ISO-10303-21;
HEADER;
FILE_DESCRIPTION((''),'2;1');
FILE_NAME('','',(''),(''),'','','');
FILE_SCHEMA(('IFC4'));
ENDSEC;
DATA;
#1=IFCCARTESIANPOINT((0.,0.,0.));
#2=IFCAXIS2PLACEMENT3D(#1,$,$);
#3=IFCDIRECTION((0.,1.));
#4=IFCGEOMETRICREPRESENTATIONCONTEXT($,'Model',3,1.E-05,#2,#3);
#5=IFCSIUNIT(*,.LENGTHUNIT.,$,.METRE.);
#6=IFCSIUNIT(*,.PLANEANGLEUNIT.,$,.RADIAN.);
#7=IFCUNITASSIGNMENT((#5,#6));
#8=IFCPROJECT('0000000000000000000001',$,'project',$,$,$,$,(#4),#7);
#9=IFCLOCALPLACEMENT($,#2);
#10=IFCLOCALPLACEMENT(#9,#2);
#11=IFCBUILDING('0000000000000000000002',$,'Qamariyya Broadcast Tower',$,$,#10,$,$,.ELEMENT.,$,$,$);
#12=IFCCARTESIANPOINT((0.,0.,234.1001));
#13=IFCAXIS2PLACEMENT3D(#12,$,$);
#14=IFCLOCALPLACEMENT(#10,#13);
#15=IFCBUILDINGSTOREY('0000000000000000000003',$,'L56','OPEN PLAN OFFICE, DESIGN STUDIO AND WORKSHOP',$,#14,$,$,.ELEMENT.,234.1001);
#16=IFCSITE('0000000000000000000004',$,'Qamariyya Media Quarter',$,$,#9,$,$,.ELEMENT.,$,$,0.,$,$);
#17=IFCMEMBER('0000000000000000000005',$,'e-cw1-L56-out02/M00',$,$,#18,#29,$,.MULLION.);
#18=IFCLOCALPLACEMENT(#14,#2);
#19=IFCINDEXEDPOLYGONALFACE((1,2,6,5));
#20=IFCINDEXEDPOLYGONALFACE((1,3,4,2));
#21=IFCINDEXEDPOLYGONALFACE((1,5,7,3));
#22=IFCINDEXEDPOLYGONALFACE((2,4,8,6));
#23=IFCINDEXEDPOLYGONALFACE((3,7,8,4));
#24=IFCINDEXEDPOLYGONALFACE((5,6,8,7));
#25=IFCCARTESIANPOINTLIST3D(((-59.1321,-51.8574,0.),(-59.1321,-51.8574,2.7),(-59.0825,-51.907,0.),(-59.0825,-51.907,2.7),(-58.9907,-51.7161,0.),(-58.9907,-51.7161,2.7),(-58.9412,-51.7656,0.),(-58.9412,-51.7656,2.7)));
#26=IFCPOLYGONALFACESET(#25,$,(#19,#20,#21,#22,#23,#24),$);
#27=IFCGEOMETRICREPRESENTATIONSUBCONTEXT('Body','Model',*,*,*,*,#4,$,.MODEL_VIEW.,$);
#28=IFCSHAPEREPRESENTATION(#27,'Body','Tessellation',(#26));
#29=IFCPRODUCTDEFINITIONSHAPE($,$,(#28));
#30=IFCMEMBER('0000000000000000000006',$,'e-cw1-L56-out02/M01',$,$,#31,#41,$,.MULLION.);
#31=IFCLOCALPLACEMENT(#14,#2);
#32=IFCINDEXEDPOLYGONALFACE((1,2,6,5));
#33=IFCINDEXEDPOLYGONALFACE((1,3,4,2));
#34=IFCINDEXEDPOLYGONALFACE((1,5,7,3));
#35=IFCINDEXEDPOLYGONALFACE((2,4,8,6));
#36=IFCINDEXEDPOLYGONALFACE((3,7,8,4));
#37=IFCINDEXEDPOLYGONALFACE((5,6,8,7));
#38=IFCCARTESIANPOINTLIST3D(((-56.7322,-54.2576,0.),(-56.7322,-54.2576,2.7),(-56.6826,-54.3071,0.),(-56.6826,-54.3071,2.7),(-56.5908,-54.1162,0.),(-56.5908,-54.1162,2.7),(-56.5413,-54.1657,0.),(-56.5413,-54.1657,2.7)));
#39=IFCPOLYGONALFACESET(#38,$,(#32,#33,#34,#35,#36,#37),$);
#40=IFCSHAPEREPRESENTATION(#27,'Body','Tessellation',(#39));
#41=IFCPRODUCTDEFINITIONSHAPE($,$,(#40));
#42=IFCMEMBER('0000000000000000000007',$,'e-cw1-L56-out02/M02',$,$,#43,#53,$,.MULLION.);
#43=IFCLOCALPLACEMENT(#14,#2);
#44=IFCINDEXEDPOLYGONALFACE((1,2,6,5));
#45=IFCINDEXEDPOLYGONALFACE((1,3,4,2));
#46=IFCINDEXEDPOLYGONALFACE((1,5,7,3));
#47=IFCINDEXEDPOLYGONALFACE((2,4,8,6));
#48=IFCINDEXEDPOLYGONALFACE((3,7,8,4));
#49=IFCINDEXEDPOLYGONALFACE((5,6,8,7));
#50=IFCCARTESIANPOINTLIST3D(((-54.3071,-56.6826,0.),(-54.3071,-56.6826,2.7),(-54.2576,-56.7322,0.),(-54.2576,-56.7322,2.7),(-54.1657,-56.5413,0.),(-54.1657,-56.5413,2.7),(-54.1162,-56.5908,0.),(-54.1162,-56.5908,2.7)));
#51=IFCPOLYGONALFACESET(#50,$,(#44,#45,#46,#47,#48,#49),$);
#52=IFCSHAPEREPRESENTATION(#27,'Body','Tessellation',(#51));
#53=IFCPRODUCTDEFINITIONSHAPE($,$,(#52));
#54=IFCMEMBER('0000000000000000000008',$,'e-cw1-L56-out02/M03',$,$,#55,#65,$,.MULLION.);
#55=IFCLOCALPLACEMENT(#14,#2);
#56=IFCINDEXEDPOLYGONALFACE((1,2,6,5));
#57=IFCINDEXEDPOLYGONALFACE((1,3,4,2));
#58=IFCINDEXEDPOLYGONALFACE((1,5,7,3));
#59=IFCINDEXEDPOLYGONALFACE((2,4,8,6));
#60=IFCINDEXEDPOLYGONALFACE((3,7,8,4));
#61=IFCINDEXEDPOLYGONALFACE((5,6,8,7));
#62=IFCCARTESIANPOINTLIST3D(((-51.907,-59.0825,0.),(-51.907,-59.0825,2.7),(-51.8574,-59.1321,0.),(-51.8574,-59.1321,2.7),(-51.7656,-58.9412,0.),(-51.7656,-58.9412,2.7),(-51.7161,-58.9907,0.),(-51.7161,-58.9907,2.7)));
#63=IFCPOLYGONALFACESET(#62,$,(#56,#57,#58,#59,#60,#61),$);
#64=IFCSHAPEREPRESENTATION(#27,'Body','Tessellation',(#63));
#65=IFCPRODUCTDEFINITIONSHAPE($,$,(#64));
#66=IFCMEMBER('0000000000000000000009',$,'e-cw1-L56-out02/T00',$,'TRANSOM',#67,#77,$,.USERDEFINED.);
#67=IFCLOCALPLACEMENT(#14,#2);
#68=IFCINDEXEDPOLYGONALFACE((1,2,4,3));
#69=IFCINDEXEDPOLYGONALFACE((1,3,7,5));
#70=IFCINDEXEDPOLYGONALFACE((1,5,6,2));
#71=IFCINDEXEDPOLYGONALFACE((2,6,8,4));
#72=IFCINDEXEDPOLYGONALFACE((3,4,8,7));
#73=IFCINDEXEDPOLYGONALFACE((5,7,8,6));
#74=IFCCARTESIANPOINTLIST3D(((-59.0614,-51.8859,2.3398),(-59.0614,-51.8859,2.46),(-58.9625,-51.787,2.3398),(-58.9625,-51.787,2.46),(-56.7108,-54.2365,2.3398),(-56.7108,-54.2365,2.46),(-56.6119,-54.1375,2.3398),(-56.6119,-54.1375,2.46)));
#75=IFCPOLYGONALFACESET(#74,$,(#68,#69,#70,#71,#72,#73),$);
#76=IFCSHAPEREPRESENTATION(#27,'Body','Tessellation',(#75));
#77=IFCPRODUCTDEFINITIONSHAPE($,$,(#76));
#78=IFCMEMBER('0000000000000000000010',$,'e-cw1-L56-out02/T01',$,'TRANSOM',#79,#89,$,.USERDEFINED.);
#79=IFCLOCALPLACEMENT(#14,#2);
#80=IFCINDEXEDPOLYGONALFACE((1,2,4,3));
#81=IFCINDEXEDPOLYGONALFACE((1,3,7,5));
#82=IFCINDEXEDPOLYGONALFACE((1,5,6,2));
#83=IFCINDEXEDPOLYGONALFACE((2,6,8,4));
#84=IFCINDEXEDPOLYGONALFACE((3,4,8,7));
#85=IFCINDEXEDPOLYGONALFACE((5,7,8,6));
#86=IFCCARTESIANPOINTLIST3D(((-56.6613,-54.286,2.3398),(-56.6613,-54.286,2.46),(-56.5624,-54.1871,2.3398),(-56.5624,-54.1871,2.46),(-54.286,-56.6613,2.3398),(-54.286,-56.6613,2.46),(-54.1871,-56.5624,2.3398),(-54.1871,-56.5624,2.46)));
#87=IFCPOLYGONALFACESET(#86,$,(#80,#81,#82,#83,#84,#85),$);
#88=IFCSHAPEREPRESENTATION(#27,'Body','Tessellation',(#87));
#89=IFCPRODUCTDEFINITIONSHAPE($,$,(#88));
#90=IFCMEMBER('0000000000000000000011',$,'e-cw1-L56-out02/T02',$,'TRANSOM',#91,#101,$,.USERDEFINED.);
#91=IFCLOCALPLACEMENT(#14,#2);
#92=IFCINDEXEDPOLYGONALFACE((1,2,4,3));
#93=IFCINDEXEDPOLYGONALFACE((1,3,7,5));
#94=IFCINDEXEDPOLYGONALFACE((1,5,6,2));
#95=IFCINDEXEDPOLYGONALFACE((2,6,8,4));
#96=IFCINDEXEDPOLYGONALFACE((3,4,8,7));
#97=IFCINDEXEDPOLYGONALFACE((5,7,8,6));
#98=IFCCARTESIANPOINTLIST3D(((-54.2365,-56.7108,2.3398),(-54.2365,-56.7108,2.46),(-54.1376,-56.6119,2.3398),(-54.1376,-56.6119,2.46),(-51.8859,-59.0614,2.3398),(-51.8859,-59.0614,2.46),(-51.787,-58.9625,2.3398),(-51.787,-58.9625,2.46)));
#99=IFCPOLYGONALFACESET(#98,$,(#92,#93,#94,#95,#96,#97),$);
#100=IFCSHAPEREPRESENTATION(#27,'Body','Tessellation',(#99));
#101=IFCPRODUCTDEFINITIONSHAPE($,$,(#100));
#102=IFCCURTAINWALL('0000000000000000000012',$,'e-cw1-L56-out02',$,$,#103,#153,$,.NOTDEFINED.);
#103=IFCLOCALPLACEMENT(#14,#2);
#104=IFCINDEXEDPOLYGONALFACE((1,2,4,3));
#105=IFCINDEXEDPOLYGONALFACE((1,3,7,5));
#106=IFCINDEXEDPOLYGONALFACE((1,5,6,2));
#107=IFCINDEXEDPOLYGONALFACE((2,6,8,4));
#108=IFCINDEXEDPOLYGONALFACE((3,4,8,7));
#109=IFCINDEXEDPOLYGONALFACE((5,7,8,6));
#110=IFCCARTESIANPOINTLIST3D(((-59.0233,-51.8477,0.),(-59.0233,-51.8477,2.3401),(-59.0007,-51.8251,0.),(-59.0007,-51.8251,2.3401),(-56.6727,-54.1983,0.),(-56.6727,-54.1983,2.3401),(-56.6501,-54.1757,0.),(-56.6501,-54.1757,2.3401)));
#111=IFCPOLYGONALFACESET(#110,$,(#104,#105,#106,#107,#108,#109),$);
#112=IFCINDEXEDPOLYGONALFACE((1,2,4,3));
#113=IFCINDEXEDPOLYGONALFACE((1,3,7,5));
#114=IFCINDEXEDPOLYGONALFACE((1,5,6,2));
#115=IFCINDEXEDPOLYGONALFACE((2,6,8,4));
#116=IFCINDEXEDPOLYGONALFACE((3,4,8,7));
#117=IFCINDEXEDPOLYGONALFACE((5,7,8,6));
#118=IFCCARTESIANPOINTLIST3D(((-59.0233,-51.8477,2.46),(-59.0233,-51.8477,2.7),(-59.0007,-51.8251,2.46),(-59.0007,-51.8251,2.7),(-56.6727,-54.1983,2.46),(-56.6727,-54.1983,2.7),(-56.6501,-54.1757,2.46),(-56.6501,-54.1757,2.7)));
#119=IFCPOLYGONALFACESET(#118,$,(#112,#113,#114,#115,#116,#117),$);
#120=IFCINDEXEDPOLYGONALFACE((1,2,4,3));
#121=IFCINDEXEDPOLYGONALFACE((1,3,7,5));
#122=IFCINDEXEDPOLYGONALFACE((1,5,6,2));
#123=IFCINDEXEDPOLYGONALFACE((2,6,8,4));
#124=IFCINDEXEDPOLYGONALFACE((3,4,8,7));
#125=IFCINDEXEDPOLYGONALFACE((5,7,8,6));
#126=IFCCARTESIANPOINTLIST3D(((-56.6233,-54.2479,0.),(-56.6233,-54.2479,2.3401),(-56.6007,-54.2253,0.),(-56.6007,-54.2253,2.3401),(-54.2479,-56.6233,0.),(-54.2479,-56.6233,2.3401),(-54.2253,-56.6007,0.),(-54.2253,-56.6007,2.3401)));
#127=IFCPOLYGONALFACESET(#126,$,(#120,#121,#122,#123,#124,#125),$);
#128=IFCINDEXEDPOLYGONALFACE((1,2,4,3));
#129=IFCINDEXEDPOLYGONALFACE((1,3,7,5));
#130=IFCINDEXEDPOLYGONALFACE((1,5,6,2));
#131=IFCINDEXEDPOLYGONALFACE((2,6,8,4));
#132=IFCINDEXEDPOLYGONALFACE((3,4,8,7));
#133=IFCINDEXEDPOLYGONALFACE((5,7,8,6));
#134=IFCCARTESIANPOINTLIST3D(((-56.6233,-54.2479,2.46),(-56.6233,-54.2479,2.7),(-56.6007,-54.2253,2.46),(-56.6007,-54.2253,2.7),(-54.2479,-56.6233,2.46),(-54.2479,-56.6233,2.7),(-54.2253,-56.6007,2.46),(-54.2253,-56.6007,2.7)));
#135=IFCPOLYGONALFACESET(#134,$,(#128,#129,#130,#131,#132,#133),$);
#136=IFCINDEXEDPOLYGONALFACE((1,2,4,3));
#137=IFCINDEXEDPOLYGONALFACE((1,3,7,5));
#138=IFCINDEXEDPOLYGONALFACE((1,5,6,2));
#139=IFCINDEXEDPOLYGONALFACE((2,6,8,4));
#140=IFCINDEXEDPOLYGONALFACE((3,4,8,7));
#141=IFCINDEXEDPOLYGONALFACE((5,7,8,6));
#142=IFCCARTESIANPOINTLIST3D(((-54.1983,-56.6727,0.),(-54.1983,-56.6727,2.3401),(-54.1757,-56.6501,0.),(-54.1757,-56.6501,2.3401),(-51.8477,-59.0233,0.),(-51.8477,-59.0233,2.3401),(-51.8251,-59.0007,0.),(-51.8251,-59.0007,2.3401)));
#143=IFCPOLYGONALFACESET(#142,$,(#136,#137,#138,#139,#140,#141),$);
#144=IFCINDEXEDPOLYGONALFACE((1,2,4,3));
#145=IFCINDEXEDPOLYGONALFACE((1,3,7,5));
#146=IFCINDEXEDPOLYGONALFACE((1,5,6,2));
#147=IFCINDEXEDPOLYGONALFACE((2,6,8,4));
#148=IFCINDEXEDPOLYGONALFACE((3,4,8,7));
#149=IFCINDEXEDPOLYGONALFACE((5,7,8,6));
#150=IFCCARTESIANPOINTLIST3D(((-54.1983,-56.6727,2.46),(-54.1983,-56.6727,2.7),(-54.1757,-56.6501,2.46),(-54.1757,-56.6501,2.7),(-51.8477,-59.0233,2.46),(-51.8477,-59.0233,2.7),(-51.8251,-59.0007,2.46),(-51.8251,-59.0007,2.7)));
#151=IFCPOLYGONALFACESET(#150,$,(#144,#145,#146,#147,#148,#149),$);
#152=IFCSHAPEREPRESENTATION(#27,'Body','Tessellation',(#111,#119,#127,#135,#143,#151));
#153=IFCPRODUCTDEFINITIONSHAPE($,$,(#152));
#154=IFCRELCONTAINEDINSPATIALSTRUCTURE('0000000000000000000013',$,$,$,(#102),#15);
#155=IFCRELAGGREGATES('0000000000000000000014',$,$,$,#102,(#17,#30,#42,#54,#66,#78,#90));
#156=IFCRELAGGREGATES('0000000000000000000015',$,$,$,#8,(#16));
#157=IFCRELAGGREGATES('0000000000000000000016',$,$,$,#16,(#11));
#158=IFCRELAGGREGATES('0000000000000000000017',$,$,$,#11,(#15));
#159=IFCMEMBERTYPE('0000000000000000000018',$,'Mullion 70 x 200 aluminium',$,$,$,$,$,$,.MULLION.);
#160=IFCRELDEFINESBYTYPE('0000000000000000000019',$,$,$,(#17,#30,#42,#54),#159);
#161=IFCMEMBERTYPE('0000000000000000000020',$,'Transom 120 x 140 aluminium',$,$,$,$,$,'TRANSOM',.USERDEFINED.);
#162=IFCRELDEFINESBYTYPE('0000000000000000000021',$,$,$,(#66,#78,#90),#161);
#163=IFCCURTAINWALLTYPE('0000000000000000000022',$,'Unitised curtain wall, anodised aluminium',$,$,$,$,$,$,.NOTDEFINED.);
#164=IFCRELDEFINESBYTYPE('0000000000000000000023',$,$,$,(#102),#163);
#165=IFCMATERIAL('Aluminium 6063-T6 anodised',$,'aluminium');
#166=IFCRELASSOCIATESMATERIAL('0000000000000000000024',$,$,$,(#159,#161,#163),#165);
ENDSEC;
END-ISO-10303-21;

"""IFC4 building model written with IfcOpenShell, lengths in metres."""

from ifc_helpers import new_model, si_unit, direction, frame, origin, origin_2d, place, context, subcontext, project, spatial, rectangle, extrude, material, material_profile, profile_set, type_object, element, aggregate, save


model = new_model("IFC4")

# Units and contexts
model_context = context("Model", 3, precision=1e-05, world=origin(), true_north=direction((0.0, 1.0)))
body_context = subcontext(model_context, "Body", "Model", "MODEL_VIEW")
ifc_project = project(units=[si_unit("LENGTHUNIT", "METRE"), si_unit("PLANEANGLEUNIT", "RADIAN")], contexts=[model_context])

# Members
ifc_material_1 = material(Name="Aluminium 6063-T6 anodised", Category="aluminium")
ifc_material_profile_1 = material_profile(ifc_material_1, rectangle(XDim=0.2, YDim=0.0701, at=origin_2d()))
ifc_profile_set_1 = profile_set([ifc_material_profile_1], Name="Aluminium 6063-T6 anodised")
member_type_1 = type_object("IfcMemberType", Name="Mullion 70 x 200 aluminium", PredefinedType="MULLION", material=ifc_profile_set_1)
site_placement = place(None, origin())
building_placement = place(site_placement, origin())
storey_placement = place(building_placement, frame((0.0, 0.0, 234.1001)))
member_1_placement = place(storey_placement, frame((-59.0366, -51.8115, 0.0), z_axis=(0.0, 0.0, 1.0), x_axis=(0.707107, 0.707107, 0.0)))
member_1 = element("IfcMember", 1, at=member_1_placement, type_object=member_type_1, Name="e-cw1-L56-out02/M00", PredefinedType="MULLION", context=body_context, shape_type="SweptSolid", body=[
    extrude(rectangle(XDim=0.2, YDim=0.0701, at=origin_2d()), origin(), (0.0, 0.0, 1.0), 2.7),
])
member_2_placement = place(storey_placement, frame((-56.6367, -54.2117, 0.0), z_axis=(0.0, 0.0, 1.0), x_axis=(0.707107, 0.707107, 0.0)))
member_2 = element("IfcMember", 2, at=member_2_placement, type_object=member_type_1, Name="e-cw1-L56-out02/M01", PredefinedType="MULLION", context=body_context, shape_type="SweptSolid", body=[
    extrude(rectangle(XDim=0.2, YDim=0.0701, at=origin_2d()), origin(), (0.0, 0.0, 1.0), 2.7),
])
member_3_placement = place(storey_placement, frame((-54.2117, -56.6367, 0.0), z_axis=(0.0, 0.0, 1.0), x_axis=(0.707107, 0.707107, 0.0)))
member_3 = element("IfcMember", 3, at=member_3_placement, type_object=member_type_1, Name="e-cw1-L56-out02/M02", PredefinedType="MULLION", context=body_context, shape_type="SweptSolid", body=[
    extrude(rectangle(XDim=0.2, YDim=0.0701, at=origin_2d()), origin(), (0.0, 0.0, 1.0), 2.7),
])
member_4_placement = place(storey_placement, frame((-51.8115, -59.0366, 0.0), z_axis=(0.0, 0.0, 1.0), x_axis=(0.707107, 0.707107, 0.0)))
member_4 = element("IfcMember", 4, at=member_4_placement, type_object=member_type_1, Name="e-cw1-L56-out02/M03", PredefinedType="MULLION", context=body_context, shape_type="SweptSolid", body=[
    extrude(rectangle(XDim=0.2, YDim=0.0701, at=origin_2d()), origin(), (0.0, 0.0, 1.0), 2.7),
])
ifc_material_profile_2 = material_profile(ifc_material_1, rectangle(XDim=0.1399, YDim=0.1201, at=origin_2d()))
ifc_profile_set_2 = profile_set([ifc_material_profile_2], Name="Aluminium 6063-T6 anodised")
member_type_2 = type_object("IfcMemberType", Name="Transom 120 x 140 aluminium", ElementType="TRANSOM", PredefinedType="USERDEFINED", material=ifc_profile_set_2)
member_5_placement = place(storey_placement, frame((-59.012, -51.8364, 2.3999), z_axis=(0.707107, -0.707107, 0.0), x_axis=(0.707107, 0.707107, 0.0)))
member_5 = element("IfcMember", 5, at=member_5_placement, type_object=member_type_2, Name="e-cw1-L56-out02/T00", ObjectType="TRANSOM", PredefinedType="USERDEFINED", context=body_context, shape_type="SweptSolid", body=[
    extrude(rectangle(XDim=0.1399, YDim=0.1201, at=origin_2d()), origin(), (0.0, 0.0, 1.0), 3.3242),
])
member_6_placement = place(storey_placement, frame((-56.6118, -54.2366, 2.3999), z_axis=(0.707107, -0.707107, 0.0), x_axis=(0.707107, 0.707107, 0.0)))
member_6 = element("IfcMember", 6, at=member_6_placement, type_object=member_type_2, Name="e-cw1-L56-out02/T01", ObjectType="TRANSOM", PredefinedType="USERDEFINED", context=body_context, shape_type="SweptSolid", body=[
    extrude(rectangle(XDim=0.1399, YDim=0.1201, at=origin_2d()), origin(), (0.0, 0.0, 1.0), 3.3591),
])
member_7_placement = place(storey_placement, frame((-54.187, -56.6614, 2.3999), z_axis=(0.707107, -0.707107, 0.0), x_axis=(0.707107, 0.707107, 0.0)))
member_7 = element("IfcMember", 7, at=member_7_placement, type_object=member_type_2, Name="e-cw1-L56-out02/T02", ObjectType="TRANSOM", PredefinedType="USERDEFINED", context=body_context, shape_type="SweptSolid", body=[
    extrude(rectangle(XDim=0.1399, YDim=0.1201, at=origin_2d()), origin(), (0.0, 0.0, 1.0), 3.3242),
])

# Site, building, storey
site = spatial("IfcSite", under=ifc_project, at=site_placement, Name="Qamariyya Media Quarter", CompositionType="ELEMENT", RefElevation=0.0)
building = spatial("IfcBuilding", under=site, at=building_placement, Name="Qamariyya Broadcast Tower", CompositionType="ELEMENT")
storey = spatial("IfcBuildingStorey", under=building, at=storey_placement, Name="L56", Description="OPEN PLAN OFFICE, DESIGN STUDIO AND WORKSHOP", CompositionType="ELEMENT", Elevation=234.1001)

# Curtain wall
curtain_wall_type = type_object("IfcCurtainWallType", Name="Unitised curtain wall, anodised aluminium", PredefinedType="NOTDEFINED", material=ifc_material_1)
curtain_wall_1_placement = place(storey_placement, origin())
curtain_wall_1 = element("IfcCurtainWall", 8, at=curtain_wall_1_placement, inside=storey, type_object=curtain_wall_type, Name="e-cw1-L56-out02", PredefinedType="NOTDEFINED", context=body_context, shape_type="SweptSolid", body=[
    extrude(rectangle(XDim=3.3242, YDim=0.032, at=origin_2d()), frame((-57.8367, -53.0117, 0.0), x_axis=(0.707107, -0.707107, 0.0)), (0.0, 0.0, 1.0), 2.3401),
    extrude(rectangle(XDim=3.3242, YDim=0.032, at=origin_2d()), frame((-57.8367, -53.0117, 2.46), x_axis=(0.707107, -0.707107, 0.0)), (0.0, 0.0, 1.0), 0.24),
    extrude(rectangle(XDim=3.3594, YDim=0.032, at=origin_2d()), frame((-55.4243, -55.4243, 0.0), x_axis=(0.707107, -0.707107, 0.0)), (0.0, 0.0, 1.0), 2.3401),
    extrude(rectangle(XDim=3.3594, YDim=0.032, at=origin_2d()), frame((-55.4243, -55.4243, 2.46), x_axis=(0.707107, -0.707107, 0.0)), (0.0, 0.0, 1.0), 0.24),
    extrude(rectangle(XDim=3.3242, YDim=0.032, at=origin_2d()), frame((-53.0117, -57.8367, 0.0), x_axis=(0.707107, -0.707107, 0.0)), (0.0, 0.0, 1.0), 2.3401),
    extrude(rectangle(XDim=3.3242, YDim=0.032, at=origin_2d()), frame((-53.0117, -57.8367, 2.46), x_axis=(0.707107, -0.707107, 0.0)), (0.0, 0.0, 1.0), 0.24),
])
aggregate(curtain_wall_1, [member_1, member_2, member_3, member_4, member_5, member_6, member_7])

save(model, "model.ifc")
